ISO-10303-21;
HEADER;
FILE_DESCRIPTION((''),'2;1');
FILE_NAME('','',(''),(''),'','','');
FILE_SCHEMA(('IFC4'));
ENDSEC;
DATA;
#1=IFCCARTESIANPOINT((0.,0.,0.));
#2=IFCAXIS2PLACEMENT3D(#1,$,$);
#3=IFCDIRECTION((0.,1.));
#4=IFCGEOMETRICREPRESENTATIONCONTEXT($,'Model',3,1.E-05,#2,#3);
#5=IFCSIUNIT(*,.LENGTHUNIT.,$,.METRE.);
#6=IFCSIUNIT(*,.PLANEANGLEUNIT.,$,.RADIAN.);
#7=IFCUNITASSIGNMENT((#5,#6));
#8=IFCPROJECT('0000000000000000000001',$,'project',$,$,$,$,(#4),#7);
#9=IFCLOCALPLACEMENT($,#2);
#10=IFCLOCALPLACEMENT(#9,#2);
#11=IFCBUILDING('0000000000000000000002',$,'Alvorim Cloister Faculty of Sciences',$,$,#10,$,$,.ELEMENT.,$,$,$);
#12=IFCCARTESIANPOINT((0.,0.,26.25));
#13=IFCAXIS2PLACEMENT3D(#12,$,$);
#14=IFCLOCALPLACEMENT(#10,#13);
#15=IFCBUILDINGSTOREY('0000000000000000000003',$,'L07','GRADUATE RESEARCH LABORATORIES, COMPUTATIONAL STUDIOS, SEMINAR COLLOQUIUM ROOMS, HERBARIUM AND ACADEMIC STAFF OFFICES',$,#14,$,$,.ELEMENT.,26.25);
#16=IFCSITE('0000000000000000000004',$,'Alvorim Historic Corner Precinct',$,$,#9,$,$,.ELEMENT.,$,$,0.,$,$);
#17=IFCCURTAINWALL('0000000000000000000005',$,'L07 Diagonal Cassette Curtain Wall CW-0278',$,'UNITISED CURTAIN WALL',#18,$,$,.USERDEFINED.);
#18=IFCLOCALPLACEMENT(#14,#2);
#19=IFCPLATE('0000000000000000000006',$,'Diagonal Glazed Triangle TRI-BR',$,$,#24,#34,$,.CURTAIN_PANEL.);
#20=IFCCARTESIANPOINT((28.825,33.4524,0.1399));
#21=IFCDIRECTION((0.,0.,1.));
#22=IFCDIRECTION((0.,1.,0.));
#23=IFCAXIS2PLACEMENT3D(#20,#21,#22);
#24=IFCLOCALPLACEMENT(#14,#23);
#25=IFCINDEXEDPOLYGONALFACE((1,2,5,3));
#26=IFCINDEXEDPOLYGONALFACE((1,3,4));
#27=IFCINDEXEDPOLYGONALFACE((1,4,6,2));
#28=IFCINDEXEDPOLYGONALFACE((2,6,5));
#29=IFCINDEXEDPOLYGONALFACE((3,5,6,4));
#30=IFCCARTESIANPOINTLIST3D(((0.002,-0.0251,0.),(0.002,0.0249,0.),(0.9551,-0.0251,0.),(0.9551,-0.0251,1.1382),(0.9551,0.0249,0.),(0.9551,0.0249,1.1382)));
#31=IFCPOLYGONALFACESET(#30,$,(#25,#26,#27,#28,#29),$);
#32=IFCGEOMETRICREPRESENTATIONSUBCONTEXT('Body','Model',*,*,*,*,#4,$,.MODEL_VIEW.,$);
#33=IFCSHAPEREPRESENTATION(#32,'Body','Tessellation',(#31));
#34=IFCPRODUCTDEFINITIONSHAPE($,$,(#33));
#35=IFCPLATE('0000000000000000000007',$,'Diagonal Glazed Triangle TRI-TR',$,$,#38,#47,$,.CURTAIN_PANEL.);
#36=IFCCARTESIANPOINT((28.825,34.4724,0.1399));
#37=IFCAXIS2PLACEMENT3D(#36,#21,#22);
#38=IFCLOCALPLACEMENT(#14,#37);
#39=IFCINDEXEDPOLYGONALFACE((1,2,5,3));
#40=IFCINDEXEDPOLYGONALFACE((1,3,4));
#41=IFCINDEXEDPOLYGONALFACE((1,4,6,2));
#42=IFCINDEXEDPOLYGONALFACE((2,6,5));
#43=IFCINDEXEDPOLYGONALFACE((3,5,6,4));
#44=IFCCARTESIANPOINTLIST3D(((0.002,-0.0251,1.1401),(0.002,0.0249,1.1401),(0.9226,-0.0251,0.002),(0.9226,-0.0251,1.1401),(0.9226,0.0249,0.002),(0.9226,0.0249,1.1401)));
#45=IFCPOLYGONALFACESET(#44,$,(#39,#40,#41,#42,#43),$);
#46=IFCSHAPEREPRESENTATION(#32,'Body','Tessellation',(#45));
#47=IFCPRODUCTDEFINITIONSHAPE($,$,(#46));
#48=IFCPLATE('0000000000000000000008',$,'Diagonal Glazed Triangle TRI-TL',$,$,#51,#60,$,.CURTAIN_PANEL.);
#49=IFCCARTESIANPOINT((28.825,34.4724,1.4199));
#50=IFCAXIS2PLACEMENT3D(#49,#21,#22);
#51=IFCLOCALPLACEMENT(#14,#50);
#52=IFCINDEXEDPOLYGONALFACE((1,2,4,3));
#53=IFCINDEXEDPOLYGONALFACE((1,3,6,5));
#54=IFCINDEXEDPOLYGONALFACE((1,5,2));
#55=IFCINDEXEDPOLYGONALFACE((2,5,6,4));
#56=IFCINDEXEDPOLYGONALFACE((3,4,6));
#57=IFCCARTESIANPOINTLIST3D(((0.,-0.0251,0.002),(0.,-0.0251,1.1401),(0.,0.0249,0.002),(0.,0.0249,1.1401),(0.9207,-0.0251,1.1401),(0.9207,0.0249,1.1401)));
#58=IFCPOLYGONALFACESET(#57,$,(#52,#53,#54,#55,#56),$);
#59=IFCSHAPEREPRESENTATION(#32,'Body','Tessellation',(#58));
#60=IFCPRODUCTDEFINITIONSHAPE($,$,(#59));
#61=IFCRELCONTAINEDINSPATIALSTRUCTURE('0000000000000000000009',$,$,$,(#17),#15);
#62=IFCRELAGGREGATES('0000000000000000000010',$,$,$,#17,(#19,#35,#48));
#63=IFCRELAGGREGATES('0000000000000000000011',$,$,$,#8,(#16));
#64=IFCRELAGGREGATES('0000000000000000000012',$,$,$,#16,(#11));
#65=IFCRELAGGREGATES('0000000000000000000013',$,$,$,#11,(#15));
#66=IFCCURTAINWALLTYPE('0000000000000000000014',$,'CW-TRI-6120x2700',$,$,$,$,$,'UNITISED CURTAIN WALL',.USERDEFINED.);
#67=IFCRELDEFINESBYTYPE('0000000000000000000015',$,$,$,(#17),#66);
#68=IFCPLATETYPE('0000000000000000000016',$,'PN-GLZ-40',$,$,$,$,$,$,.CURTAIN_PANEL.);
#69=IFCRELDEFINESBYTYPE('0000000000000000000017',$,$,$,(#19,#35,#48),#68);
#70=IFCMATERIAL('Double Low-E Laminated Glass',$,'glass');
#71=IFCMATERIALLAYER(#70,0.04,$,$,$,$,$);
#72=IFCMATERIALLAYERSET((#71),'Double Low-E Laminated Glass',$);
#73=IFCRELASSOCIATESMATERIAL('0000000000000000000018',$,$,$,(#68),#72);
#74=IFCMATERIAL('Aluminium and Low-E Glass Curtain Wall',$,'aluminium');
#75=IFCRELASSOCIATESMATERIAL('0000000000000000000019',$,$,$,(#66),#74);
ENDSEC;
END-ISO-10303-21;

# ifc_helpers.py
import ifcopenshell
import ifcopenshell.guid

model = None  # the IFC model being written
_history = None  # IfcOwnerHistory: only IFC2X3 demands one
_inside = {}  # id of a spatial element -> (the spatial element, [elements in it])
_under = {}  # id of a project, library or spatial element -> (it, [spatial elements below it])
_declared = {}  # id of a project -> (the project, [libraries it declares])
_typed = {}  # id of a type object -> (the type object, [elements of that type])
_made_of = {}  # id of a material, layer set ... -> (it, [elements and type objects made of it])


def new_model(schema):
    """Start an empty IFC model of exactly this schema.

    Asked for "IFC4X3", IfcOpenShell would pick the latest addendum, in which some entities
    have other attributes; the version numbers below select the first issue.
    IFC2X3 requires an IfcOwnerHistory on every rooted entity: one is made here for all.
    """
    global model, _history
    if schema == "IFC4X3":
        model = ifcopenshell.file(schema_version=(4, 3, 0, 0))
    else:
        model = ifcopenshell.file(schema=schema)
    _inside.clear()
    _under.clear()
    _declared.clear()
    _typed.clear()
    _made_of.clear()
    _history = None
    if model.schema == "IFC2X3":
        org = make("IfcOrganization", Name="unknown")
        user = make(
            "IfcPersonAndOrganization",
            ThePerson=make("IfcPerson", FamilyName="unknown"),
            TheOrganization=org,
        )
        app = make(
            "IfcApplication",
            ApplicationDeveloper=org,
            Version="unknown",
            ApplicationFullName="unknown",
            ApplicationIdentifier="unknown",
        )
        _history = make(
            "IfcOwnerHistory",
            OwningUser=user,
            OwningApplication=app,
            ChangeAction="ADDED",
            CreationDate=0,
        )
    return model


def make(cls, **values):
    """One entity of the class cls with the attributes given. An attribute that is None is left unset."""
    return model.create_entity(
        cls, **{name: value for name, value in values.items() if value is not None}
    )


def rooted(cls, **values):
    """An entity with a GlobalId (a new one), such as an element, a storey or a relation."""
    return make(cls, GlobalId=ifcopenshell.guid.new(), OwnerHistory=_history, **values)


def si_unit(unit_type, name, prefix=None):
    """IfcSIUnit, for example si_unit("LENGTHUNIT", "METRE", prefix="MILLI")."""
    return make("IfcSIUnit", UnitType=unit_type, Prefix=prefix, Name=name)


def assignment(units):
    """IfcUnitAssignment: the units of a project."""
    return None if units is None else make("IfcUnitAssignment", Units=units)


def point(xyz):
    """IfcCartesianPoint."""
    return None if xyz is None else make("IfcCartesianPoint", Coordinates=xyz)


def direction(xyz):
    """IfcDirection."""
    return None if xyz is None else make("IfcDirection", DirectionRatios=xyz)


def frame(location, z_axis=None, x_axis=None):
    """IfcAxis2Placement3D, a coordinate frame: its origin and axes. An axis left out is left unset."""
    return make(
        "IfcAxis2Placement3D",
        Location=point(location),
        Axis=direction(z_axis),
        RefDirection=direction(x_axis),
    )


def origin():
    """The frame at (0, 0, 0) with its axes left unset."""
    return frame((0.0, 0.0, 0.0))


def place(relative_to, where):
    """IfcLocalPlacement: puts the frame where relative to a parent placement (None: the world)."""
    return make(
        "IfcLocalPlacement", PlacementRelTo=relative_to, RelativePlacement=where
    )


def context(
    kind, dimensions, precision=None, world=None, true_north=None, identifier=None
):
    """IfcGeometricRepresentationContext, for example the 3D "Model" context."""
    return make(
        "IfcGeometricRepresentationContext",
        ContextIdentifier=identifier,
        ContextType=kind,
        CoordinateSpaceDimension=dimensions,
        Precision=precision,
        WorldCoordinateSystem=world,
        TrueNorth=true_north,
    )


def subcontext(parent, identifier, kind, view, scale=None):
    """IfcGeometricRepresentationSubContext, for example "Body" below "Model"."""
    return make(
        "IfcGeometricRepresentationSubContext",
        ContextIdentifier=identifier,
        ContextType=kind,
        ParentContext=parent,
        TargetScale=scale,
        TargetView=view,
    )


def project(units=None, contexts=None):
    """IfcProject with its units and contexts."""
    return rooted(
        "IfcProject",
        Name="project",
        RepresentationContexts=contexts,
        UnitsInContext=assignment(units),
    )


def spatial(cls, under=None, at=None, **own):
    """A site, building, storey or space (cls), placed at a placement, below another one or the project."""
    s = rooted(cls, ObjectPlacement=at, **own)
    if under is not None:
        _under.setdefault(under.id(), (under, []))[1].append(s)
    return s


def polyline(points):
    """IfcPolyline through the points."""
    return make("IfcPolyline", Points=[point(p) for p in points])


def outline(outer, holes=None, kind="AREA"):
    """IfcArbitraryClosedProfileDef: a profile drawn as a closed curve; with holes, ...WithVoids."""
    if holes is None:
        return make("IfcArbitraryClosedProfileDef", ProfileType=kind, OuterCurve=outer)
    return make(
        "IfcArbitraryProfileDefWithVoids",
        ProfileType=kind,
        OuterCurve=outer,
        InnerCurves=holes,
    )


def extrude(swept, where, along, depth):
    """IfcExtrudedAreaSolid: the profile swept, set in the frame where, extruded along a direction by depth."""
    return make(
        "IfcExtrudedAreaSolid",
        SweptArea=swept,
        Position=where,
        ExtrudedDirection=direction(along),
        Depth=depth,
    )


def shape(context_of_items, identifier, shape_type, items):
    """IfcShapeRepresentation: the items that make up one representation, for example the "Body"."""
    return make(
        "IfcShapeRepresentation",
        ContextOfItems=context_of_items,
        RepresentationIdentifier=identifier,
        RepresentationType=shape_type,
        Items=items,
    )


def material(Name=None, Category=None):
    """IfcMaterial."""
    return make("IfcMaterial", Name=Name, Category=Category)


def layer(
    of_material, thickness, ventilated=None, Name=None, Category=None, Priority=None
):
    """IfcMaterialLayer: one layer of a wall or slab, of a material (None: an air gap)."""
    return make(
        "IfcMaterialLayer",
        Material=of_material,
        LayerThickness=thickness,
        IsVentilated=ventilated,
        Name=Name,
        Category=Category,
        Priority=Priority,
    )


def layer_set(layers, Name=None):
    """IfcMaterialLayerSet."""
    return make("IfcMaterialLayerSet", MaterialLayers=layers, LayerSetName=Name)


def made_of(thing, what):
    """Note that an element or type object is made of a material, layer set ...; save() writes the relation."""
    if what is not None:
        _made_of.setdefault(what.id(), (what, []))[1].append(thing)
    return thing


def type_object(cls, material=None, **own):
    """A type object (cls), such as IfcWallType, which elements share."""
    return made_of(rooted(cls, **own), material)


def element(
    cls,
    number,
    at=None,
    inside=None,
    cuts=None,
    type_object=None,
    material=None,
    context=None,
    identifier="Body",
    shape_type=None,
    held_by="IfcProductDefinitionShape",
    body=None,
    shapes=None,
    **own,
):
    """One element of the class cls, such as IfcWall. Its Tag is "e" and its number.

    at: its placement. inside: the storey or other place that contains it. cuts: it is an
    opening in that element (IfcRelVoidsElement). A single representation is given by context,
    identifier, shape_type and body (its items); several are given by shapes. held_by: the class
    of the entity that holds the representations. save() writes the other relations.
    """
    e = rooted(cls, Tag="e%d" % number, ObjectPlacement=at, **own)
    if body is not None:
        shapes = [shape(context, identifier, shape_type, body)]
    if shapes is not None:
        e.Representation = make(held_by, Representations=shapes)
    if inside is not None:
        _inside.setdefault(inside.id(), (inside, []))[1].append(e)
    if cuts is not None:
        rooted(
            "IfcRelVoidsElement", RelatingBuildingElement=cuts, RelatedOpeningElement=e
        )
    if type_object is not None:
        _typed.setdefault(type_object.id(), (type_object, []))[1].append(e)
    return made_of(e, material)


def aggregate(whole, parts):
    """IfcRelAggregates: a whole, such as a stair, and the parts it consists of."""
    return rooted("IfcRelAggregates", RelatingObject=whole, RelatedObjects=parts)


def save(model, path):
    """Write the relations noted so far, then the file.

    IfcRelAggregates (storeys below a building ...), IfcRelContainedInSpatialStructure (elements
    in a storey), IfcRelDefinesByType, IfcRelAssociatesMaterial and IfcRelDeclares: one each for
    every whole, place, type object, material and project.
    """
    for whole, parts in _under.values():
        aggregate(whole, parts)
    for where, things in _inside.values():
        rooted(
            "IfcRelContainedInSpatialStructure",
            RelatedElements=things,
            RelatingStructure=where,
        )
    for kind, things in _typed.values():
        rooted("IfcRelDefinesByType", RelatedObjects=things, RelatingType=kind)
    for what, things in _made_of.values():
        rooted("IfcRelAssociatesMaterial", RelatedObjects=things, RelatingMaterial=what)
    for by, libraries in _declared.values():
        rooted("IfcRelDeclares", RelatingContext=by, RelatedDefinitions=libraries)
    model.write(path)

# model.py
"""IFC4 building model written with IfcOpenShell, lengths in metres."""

from ifc_helpers import new_model, si_unit, direction, frame, origin, place, context, subcontext, project, spatial, polyline, outline, extrude, material, layer, layer_set, type_object, element, aggregate, save


model = new_model("IFC4")

# Units and contexts
model_context = context("Model", 3, precision=1e-05, world=origin(), true_north=direction((0.0, 1.0)))
body_context = subcontext(model_context, "Body", "Model", "MODEL_VIEW")
ifc_project = project(units=[si_unit("LENGTHUNIT", "METRE"), si_unit("PLANEANGLEUNIT", "RADIAN")], contexts=[model_context])

# Site, building, storey
site_placement = place(None, origin())
site = spatial("IfcSite", under=ifc_project, at=site_placement, Name="Alvorim Historic Corner Precinct", CompositionType="ELEMENT", RefElevation=0.0)
building_placement = place(site_placement, origin())
building = spatial("IfcBuilding", under=site, at=building_placement, Name="Alvorim Cloister Faculty of Sciences", CompositionType="ELEMENT")
storey_placement = place(building_placement, frame((0.0, 0.0, 26.25)))
storey = spatial("IfcBuildingStorey", under=building, at=storey_placement, Name="L07", Description="GRADUATE RESEARCH LABORATORIES, COMPUTATIONAL STUDIOS, SEMINAR COLLOQUIUM ROOMS, HERBARIUM AND ACADEMIC STAFF OFFICES", CompositionType="ELEMENT", Elevation=26.25)

# Curtain wall, plates
ifc_material_1 = material(Name="Aluminium and Low-E Glass Curtain Wall", Category="aluminium")
ifc_material_2 = material(Name="Double Low-E Laminated Glass", Category="glass")
ifc_layer_1 = layer(ifc_material_2, 0.04)
ifc_layer_set_1 = layer_set([ifc_layer_1], Name="Double Low-E Laminated Glass")
plate_type_1 = type_object("IfcPlateType", Name="PN-GLZ-40", PredefinedType="CURTAIN_PANEL", material=ifc_layer_set_1)
curtain_wall_type_1 = type_object("IfcCurtainWallType", Name="CW-TRI-6120x2700", ElementType="UNITISED CURTAIN WALL", PredefinedType="USERDEFINED", material=ifc_material_1)
curtain_wall_1_placement = place(storey_placement, origin())
curtain_wall_1 = element("IfcCurtainWall", 1, at=curtain_wall_1_placement, inside=storey, type_object=curtain_wall_type_1, Name="L07 Diagonal Cassette Curtain Wall CW-0278", ObjectType="UNITISED CURTAIN WALL", PredefinedType="USERDEFINED")
plate_1_placement = place(storey_placement, frame((28.825, 33.4524, 0.1399), z_axis=(0.0, 0.0, 1.0), x_axis=(0.0, 1.0, 0.0)))
plate_1 = element("IfcPlate", 2, at=plate_1_placement, type_object=plate_type_1, Name="Diagonal Glazed Triangle TRI-BR", PredefinedType="CURTAIN_PANEL", context=body_context, shape_type="SweptSolid", body=[
    extrude(outline(polyline([(0.002, 0.0), (0.9551, 0.0), (0.9551, 1.1382), (0.002, 0.0)])), frame((0.0, 0.0249, 0.0), z_axis=(0.0, -1.0, 0.0), x_axis=(1.0, 0.0, 0.0)), (0.0, 0.0, 1.0), 0.05),
])
plate_2_placement = place(storey_placement, frame((28.825, 34.4724, 0.1399), z_axis=(0.0, 0.0, 1.0), x_axis=(0.0, 1.0, 0.0)))
plate_2 = element("IfcPlate", 3, at=plate_2_placement, type_object=plate_type_1, Name="Diagonal Glazed Triangle TRI-TR", PredefinedType="CURTAIN_PANEL", context=body_context, shape_type="SweptSolid", body=[
    extrude(outline(polyline([(0.9226, 0.002), (0.9226, 1.1401), (0.002, 1.1401), (0.9226, 0.002)])), frame((0.0, 0.0249, 0.0), z_axis=(0.0, -1.0, 0.0), x_axis=(1.0, 0.0, 0.0)), (0.0, 0.0, 1.0), 0.05),
])
plate_3_placement = place(storey_placement, frame((28.825, 34.4724, 1.4199), z_axis=(0.0, 0.0, 1.0), x_axis=(0.0, 1.0, 0.0)))
plate_3 = element("IfcPlate", 4, at=plate_3_placement, type_object=plate_type_1, Name="Diagonal Glazed Triangle TRI-TL", PredefinedType="CURTAIN_PANEL", context=body_context, shape_type="SweptSolid", body=[
    extrude(outline(polyline([(0.9207, 1.1401), (0.0, 1.1401), (0.0, 0.002), (0.9207, 1.1401)])), frame((0.0, 0.0249, 0.0), z_axis=(0.0, -1.0, 0.0), x_axis=(1.0, 0.0, 0.0)), (0.0, 0.0, 1.0), 0.05),
])
aggregate(curtain_wall_1, [plate_1, plate_2, plate_3])

save(model, "model.ifc")
